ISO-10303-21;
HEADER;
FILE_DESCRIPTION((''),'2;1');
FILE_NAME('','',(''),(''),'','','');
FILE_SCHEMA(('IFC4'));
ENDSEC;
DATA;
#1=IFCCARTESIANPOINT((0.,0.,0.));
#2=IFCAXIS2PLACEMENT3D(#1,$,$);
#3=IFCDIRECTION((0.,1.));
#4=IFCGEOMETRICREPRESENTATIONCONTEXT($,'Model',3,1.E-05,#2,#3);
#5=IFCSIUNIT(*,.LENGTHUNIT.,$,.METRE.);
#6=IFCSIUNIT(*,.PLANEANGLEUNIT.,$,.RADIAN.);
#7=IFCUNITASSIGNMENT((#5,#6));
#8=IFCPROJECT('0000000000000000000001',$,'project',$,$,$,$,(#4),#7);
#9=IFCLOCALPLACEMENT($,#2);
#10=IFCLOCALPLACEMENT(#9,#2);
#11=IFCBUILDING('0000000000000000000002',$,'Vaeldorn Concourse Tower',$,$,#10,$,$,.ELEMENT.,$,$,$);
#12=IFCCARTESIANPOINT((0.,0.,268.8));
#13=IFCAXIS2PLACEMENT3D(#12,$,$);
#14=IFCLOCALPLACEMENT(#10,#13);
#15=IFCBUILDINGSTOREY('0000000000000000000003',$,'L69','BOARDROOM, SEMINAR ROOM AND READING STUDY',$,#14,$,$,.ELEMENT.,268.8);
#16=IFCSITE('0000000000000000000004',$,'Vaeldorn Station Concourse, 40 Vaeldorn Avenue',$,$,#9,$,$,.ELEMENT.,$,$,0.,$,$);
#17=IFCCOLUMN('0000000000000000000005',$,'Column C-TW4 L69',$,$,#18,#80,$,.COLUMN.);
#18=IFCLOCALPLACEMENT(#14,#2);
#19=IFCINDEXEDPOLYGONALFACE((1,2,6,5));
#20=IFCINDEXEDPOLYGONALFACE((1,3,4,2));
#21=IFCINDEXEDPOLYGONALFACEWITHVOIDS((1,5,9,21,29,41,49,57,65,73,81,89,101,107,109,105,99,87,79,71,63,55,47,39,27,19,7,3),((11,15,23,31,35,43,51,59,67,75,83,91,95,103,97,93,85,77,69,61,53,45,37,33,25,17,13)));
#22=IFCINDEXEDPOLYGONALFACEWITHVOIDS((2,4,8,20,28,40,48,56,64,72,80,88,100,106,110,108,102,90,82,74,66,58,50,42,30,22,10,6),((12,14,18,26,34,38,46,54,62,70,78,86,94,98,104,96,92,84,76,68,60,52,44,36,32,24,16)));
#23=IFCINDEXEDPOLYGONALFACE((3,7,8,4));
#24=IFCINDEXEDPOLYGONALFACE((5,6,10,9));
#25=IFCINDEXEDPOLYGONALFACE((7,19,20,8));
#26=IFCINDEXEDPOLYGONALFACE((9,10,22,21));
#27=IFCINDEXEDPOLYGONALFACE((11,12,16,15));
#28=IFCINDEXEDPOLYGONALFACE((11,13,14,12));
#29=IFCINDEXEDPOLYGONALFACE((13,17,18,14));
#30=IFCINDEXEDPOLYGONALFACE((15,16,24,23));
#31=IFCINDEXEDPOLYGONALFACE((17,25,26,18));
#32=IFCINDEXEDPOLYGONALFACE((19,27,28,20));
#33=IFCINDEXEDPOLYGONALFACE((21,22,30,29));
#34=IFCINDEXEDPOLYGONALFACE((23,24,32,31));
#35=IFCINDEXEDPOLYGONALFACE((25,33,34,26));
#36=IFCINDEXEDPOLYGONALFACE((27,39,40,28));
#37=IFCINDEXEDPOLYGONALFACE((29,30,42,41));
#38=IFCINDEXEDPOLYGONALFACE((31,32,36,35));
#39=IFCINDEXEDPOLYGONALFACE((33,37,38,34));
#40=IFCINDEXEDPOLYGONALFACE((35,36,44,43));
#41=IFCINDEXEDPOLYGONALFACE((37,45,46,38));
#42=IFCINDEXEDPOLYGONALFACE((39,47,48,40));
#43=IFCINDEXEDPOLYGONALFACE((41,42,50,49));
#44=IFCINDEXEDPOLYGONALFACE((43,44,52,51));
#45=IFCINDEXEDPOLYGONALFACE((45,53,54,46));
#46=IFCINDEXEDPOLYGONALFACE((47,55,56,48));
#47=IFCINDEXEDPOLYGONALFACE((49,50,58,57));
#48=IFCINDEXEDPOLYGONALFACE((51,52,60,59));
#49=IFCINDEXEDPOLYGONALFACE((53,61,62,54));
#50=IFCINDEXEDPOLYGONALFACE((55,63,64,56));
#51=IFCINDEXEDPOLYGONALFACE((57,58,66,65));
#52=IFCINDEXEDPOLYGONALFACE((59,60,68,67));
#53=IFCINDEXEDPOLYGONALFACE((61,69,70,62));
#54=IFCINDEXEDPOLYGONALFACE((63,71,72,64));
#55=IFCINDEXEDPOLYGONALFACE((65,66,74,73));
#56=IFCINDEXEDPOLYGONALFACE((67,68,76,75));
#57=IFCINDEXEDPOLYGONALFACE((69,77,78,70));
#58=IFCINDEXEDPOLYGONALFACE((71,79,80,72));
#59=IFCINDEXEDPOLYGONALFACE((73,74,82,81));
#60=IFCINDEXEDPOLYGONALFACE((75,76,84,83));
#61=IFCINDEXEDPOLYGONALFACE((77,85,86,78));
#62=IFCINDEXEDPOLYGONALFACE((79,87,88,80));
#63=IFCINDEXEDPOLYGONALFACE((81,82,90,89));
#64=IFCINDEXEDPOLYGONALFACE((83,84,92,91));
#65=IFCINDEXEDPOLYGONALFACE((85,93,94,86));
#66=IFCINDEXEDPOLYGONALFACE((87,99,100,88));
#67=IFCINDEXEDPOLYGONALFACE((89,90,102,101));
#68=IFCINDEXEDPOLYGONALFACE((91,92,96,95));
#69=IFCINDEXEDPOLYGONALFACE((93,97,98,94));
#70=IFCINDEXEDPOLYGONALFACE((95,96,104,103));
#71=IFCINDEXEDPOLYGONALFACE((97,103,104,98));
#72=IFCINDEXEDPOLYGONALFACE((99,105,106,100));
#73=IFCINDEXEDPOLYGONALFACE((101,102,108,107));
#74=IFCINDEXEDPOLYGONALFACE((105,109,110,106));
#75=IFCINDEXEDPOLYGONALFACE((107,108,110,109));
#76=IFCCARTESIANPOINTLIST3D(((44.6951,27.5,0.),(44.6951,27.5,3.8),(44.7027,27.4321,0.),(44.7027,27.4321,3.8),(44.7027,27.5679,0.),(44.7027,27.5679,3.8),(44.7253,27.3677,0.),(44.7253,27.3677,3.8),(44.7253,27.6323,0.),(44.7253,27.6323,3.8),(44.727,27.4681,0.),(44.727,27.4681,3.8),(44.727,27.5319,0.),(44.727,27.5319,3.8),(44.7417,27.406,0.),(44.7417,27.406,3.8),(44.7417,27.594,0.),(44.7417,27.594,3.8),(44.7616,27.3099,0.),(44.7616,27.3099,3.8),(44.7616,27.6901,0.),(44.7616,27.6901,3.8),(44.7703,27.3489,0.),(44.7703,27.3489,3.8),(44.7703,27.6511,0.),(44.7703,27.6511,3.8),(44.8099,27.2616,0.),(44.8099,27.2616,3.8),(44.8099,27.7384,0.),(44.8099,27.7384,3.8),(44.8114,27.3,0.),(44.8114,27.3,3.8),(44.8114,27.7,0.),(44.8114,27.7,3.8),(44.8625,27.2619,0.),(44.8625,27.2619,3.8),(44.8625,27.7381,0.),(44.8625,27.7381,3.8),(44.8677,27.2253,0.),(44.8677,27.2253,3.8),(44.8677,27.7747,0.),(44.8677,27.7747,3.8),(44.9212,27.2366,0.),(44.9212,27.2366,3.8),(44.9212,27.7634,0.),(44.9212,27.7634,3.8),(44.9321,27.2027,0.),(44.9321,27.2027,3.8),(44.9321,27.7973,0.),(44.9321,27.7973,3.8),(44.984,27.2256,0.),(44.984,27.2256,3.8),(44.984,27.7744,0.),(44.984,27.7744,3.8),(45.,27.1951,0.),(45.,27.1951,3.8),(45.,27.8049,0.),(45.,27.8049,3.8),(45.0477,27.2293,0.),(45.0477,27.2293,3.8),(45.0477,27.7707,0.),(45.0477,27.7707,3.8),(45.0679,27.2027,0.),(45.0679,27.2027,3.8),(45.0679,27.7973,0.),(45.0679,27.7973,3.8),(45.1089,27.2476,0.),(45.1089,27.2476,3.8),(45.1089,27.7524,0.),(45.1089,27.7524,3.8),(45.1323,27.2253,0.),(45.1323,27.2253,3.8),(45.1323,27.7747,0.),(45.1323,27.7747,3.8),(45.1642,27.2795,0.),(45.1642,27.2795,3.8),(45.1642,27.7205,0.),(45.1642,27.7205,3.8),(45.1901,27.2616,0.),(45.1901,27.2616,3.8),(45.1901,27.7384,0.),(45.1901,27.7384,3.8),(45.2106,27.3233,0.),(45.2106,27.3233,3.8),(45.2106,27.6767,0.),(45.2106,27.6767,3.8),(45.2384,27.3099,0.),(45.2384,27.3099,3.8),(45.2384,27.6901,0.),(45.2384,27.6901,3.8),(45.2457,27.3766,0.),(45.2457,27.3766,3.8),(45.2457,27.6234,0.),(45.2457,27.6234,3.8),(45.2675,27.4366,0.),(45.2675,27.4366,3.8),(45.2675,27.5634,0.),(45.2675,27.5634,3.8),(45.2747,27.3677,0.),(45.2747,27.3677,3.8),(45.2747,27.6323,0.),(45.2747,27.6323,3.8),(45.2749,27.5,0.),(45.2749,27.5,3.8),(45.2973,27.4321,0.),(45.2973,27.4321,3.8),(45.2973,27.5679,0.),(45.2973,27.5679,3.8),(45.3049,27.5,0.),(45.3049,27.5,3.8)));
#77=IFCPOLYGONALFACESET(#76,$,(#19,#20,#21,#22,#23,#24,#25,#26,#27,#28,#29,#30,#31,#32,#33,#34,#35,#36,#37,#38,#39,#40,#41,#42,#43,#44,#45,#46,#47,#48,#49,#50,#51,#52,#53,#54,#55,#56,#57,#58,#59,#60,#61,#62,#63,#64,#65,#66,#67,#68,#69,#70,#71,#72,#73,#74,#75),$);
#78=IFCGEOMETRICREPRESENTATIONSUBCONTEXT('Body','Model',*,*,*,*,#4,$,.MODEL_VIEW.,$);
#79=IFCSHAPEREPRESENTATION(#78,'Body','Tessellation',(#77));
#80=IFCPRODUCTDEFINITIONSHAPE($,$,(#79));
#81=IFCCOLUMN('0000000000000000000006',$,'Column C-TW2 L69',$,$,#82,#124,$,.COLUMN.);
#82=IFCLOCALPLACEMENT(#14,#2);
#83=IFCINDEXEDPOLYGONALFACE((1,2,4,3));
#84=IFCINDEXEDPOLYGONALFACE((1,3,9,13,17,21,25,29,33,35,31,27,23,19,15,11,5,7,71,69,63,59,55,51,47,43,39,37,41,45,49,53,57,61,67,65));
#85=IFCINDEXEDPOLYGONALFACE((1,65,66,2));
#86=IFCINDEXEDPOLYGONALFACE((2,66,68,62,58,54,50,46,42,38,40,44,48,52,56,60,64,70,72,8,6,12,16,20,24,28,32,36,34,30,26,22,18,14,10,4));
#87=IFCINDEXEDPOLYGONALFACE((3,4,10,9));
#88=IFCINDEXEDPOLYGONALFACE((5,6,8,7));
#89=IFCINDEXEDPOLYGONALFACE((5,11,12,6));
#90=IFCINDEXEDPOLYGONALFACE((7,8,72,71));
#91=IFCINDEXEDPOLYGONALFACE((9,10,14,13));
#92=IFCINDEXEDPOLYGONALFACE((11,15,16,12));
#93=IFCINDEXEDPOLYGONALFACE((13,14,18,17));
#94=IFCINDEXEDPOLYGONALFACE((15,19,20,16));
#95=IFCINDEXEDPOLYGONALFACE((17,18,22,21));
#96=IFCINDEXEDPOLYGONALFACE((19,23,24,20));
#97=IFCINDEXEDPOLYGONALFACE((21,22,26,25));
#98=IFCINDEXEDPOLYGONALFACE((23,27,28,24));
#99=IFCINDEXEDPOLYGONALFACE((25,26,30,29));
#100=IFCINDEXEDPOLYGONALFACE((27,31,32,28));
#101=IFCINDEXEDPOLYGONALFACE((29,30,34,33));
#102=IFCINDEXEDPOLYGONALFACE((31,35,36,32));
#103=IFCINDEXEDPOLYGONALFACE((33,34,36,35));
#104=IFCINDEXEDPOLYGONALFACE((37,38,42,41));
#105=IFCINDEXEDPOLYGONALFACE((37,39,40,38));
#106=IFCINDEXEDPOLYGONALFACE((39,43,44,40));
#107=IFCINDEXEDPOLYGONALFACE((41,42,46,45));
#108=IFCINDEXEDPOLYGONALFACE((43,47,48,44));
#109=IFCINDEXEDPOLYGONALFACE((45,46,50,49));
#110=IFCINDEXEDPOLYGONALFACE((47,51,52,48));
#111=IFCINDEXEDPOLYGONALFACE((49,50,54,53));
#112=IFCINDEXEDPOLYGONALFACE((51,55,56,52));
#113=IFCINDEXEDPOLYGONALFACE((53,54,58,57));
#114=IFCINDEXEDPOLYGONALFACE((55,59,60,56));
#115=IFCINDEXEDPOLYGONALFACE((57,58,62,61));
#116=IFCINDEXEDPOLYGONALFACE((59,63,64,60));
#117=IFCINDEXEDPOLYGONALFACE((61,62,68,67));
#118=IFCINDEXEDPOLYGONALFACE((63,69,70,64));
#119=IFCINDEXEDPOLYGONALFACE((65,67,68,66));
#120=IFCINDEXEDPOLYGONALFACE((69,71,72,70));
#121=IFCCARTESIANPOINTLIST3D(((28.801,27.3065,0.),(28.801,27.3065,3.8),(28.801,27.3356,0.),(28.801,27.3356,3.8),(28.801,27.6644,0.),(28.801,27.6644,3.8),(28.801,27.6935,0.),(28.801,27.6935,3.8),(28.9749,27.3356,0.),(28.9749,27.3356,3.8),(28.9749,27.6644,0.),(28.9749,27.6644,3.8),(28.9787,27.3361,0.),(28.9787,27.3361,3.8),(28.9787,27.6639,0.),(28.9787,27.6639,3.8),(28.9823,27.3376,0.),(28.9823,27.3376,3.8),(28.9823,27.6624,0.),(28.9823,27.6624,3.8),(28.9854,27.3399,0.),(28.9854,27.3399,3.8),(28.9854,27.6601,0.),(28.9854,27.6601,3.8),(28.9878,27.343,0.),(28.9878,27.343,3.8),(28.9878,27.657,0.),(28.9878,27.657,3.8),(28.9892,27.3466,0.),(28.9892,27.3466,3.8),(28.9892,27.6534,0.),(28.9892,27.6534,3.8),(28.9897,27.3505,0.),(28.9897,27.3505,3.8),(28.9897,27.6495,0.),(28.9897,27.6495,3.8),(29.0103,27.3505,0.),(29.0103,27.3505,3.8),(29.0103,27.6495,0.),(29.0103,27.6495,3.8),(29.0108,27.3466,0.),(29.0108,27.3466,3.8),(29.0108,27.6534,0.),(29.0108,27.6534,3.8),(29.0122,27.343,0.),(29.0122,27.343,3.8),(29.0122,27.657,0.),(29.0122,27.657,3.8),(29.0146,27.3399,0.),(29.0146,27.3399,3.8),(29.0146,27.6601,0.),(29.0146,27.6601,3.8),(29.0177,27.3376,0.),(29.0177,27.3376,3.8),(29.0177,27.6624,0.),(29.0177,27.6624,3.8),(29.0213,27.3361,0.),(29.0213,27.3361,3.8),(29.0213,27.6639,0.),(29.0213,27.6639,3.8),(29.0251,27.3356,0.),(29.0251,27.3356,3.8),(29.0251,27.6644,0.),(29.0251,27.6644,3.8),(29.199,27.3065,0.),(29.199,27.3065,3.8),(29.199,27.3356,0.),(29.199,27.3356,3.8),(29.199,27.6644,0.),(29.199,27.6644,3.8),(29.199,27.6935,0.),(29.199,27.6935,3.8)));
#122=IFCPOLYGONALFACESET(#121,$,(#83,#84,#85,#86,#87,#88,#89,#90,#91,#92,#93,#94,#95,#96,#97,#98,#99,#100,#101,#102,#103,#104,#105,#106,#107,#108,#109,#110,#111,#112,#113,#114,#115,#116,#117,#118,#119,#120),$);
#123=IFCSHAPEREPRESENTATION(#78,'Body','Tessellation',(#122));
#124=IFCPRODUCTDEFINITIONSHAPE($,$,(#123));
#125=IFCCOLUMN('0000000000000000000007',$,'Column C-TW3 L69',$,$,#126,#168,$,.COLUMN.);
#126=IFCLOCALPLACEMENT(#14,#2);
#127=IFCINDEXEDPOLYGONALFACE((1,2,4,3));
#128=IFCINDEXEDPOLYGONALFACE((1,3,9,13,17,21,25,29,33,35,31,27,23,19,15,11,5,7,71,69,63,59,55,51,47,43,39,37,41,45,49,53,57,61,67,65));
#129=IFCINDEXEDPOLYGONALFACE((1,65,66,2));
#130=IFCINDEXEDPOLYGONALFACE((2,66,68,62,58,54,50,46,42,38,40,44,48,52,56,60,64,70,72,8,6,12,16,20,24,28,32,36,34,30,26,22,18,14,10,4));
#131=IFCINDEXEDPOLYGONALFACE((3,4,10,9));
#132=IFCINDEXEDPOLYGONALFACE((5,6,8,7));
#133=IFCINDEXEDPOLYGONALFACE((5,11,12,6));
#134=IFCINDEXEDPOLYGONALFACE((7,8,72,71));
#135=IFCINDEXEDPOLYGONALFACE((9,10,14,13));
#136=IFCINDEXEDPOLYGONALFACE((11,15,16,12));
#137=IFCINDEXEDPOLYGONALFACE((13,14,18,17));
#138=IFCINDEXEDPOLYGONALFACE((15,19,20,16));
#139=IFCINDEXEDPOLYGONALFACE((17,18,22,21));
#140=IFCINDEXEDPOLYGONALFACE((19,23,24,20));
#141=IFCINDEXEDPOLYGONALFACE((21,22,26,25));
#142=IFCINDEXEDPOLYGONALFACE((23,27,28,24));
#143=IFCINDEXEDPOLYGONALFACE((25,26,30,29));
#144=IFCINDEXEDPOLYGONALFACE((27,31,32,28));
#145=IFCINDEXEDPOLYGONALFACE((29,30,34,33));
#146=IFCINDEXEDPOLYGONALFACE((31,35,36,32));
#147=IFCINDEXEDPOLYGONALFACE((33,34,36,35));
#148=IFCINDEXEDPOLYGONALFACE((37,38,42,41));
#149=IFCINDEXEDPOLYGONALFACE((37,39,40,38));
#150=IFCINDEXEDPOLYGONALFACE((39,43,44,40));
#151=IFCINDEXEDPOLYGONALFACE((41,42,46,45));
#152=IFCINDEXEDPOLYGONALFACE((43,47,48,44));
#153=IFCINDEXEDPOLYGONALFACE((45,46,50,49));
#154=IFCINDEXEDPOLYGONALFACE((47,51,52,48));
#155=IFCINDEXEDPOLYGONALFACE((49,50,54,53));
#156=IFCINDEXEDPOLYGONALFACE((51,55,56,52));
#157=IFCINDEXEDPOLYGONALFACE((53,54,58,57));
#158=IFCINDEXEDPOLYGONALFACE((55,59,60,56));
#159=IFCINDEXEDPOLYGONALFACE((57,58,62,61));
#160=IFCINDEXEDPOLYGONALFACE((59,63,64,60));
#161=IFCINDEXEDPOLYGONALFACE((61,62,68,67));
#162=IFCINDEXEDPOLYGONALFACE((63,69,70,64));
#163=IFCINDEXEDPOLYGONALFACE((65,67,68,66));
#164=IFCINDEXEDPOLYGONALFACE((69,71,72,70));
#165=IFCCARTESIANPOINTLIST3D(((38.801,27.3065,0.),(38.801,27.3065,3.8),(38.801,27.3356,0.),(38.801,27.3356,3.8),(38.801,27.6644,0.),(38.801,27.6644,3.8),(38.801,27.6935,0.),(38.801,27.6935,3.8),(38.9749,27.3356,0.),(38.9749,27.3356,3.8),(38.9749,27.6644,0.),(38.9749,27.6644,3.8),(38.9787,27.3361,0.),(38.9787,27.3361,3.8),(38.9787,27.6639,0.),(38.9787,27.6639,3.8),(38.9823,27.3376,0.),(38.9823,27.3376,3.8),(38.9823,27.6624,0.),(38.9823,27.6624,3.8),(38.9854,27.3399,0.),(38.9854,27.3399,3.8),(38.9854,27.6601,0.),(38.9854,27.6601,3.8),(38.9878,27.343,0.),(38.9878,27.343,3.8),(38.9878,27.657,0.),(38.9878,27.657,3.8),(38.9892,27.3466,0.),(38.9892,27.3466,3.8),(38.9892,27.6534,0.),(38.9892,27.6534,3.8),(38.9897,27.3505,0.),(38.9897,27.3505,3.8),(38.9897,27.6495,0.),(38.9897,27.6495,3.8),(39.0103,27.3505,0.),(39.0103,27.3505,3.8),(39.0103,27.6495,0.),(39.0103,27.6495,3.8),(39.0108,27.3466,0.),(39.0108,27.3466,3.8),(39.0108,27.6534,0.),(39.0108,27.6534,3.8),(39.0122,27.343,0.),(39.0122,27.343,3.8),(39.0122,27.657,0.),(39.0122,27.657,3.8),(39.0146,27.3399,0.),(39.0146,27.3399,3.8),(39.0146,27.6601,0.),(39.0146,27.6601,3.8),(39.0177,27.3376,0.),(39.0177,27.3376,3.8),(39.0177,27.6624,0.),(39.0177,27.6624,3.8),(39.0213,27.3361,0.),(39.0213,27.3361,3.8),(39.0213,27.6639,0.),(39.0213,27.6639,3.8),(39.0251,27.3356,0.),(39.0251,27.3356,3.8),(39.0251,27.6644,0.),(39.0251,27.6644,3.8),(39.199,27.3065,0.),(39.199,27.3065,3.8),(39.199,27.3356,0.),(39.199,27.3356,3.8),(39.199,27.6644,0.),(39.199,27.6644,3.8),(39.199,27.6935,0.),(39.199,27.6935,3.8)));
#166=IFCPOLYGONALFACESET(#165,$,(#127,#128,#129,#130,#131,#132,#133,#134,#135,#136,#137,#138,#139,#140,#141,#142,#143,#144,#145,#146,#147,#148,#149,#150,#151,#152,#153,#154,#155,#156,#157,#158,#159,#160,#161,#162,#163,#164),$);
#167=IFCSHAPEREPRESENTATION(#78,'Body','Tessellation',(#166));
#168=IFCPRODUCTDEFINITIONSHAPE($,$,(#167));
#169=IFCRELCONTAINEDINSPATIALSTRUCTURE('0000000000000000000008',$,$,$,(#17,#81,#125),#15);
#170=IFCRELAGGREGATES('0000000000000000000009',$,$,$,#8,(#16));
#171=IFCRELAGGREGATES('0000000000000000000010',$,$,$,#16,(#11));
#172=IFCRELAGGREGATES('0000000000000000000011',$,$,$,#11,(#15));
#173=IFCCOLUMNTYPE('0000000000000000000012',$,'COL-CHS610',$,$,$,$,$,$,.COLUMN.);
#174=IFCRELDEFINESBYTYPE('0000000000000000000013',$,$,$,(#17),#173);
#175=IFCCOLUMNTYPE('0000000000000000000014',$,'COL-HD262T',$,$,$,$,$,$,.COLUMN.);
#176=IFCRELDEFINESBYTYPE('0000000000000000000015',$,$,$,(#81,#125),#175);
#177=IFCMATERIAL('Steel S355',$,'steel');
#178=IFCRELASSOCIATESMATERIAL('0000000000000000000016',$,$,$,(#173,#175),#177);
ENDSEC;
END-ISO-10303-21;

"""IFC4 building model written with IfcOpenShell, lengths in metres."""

from ifc_helpers import new_model, si_unit, direction, frame, origin, origin_2d, place, context, subcontext, project, spatial, hollow_circle, i_section, extrude, source, transform, mapped, material, material_profile, profile_set, type_object, element, save


model = new_model("IFC4")

# Units and contexts
model_context = context("Model", 3, precision=1e-05, world=origin(), true_north=direction((0.0, 1.0)))
body_context = subcontext(model_context, "Body", "Model", "MODEL_VIEW")
ifc_project = project(units=[si_unit("LENGTHUNIT", "METRE"), si_unit("PLANEANGLEUNIT", "RADIAN")], contexts=[model_context])

# Site, building, storey
site_placement = place(None, origin())
site = spatial("IfcSite", under=ifc_project, at=site_placement, Name="Vaeldorn Station Concourse, 40 Vaeldorn Avenue", CompositionType="ELEMENT", RefElevation=0.0)
building_placement = place(site_placement, origin())
building = spatial("IfcBuilding", under=site, at=building_placement, Name="Vaeldorn Concourse Tower", CompositionType="ELEMENT")
storey_placement = place(building_placement, frame((0.0, 0.0, 268.8)))
storey = spatial("IfcBuildingStorey", under=building, at=storey_placement, Name="L69", Description="BOARDROOM, SEMINAR ROOM AND READING STUDY", CompositionType="ELEMENT", Elevation=268.8)

# Columns
ifc_material = material(Name="Steel S355", Category="steel")
ifc_material_profile_1 = material_profile(ifc_material, hollow_circle(Radius=0.3049, WallThickness=0.03, at=origin_2d()), Name="CHS 610x30")
ifc_profile_set_1 = profile_set([ifc_material_profile_1], Name="Steel S355")
column_type_1 = type_object("IfcColumnType", Name="COL-CHS610", PredefinedType="COLUMN", material=ifc_profile_set_1)
shared_shape_1 = source(origin(), body_context, "Body", "SweptSolid", [
    extrude(hollow_circle(Radius=0.3049, WallThickness=0.03, at=origin_2d()), origin(), (0.0, 0.0, 1.0), 3.8),
])
column_placement = place(storey_placement, frame((45.0, 27.5, 0.0), z_axis=(0.0, 0.0, 1.0), x_axis=(1.0, 0.0, 0.0)))
element("IfcColumn", 1, at=column_placement, inside=storey, type_object=column_type_1, Name="Column C-TW4 L69", PredefinedType="COLUMN", context=body_context, shape_type="MappedRepresentation", body=[
    mapped(shared_shape_1, transform((0.0, 0.0, 0.0), scale=1.0)),
])
ifc_material_profile_2 = material_profile(ifc_material, i_section(OverallWidth=0.3979, OverallDepth=0.387, WebThickness=0.0205, FlangeThickness=0.0291, FilletRadius=0.0149, at=origin_2d()), Name="HD 400x262")
ifc_profile_set_2 = profile_set([ifc_material_profile_2], Name="Steel S355")
column_type_2 = type_object("IfcColumnType", Name="COL-HD262T", PredefinedType="COLUMN", material=ifc_profile_set_2)
shared_shape_2 = source(origin(), body_context, "Body", "SweptSolid", [
    extrude(i_section(OverallWidth=0.3979, OverallDepth=0.387, WebThickness=0.0205, FlangeThickness=0.0291, FilletRadius=0.0149, at=origin_2d()), origin(), (0.0, 0.0, 1.0), 3.8),
])
for number, where, z_axis, x_axis, name in (
    (2, (29.0, 27.5, 0.0), (0.0, 0.0, 1.0), (1.0, 0.0, 0.0), "Column C-TW2 L69"),
    (3, (39.0, 27.5, 0.0), (0.0, 0.0, 1.0), (1.0, 0.0, 0.0), "Column C-TW3 L69"),
):
    element("IfcColumn", number, at=place(storey_placement, frame(where, z_axis=z_axis, x_axis=x_axis)), inside=storey, type_object=column_type_2, Name=name, PredefinedType="COLUMN", context=body_context, shape_type="MappedRepresentation", body=[
        mapped(shared_shape_2, transform((0.0, 0.0, 0.0), scale=1.0)),
    ])

save(model, "model.ifc")
